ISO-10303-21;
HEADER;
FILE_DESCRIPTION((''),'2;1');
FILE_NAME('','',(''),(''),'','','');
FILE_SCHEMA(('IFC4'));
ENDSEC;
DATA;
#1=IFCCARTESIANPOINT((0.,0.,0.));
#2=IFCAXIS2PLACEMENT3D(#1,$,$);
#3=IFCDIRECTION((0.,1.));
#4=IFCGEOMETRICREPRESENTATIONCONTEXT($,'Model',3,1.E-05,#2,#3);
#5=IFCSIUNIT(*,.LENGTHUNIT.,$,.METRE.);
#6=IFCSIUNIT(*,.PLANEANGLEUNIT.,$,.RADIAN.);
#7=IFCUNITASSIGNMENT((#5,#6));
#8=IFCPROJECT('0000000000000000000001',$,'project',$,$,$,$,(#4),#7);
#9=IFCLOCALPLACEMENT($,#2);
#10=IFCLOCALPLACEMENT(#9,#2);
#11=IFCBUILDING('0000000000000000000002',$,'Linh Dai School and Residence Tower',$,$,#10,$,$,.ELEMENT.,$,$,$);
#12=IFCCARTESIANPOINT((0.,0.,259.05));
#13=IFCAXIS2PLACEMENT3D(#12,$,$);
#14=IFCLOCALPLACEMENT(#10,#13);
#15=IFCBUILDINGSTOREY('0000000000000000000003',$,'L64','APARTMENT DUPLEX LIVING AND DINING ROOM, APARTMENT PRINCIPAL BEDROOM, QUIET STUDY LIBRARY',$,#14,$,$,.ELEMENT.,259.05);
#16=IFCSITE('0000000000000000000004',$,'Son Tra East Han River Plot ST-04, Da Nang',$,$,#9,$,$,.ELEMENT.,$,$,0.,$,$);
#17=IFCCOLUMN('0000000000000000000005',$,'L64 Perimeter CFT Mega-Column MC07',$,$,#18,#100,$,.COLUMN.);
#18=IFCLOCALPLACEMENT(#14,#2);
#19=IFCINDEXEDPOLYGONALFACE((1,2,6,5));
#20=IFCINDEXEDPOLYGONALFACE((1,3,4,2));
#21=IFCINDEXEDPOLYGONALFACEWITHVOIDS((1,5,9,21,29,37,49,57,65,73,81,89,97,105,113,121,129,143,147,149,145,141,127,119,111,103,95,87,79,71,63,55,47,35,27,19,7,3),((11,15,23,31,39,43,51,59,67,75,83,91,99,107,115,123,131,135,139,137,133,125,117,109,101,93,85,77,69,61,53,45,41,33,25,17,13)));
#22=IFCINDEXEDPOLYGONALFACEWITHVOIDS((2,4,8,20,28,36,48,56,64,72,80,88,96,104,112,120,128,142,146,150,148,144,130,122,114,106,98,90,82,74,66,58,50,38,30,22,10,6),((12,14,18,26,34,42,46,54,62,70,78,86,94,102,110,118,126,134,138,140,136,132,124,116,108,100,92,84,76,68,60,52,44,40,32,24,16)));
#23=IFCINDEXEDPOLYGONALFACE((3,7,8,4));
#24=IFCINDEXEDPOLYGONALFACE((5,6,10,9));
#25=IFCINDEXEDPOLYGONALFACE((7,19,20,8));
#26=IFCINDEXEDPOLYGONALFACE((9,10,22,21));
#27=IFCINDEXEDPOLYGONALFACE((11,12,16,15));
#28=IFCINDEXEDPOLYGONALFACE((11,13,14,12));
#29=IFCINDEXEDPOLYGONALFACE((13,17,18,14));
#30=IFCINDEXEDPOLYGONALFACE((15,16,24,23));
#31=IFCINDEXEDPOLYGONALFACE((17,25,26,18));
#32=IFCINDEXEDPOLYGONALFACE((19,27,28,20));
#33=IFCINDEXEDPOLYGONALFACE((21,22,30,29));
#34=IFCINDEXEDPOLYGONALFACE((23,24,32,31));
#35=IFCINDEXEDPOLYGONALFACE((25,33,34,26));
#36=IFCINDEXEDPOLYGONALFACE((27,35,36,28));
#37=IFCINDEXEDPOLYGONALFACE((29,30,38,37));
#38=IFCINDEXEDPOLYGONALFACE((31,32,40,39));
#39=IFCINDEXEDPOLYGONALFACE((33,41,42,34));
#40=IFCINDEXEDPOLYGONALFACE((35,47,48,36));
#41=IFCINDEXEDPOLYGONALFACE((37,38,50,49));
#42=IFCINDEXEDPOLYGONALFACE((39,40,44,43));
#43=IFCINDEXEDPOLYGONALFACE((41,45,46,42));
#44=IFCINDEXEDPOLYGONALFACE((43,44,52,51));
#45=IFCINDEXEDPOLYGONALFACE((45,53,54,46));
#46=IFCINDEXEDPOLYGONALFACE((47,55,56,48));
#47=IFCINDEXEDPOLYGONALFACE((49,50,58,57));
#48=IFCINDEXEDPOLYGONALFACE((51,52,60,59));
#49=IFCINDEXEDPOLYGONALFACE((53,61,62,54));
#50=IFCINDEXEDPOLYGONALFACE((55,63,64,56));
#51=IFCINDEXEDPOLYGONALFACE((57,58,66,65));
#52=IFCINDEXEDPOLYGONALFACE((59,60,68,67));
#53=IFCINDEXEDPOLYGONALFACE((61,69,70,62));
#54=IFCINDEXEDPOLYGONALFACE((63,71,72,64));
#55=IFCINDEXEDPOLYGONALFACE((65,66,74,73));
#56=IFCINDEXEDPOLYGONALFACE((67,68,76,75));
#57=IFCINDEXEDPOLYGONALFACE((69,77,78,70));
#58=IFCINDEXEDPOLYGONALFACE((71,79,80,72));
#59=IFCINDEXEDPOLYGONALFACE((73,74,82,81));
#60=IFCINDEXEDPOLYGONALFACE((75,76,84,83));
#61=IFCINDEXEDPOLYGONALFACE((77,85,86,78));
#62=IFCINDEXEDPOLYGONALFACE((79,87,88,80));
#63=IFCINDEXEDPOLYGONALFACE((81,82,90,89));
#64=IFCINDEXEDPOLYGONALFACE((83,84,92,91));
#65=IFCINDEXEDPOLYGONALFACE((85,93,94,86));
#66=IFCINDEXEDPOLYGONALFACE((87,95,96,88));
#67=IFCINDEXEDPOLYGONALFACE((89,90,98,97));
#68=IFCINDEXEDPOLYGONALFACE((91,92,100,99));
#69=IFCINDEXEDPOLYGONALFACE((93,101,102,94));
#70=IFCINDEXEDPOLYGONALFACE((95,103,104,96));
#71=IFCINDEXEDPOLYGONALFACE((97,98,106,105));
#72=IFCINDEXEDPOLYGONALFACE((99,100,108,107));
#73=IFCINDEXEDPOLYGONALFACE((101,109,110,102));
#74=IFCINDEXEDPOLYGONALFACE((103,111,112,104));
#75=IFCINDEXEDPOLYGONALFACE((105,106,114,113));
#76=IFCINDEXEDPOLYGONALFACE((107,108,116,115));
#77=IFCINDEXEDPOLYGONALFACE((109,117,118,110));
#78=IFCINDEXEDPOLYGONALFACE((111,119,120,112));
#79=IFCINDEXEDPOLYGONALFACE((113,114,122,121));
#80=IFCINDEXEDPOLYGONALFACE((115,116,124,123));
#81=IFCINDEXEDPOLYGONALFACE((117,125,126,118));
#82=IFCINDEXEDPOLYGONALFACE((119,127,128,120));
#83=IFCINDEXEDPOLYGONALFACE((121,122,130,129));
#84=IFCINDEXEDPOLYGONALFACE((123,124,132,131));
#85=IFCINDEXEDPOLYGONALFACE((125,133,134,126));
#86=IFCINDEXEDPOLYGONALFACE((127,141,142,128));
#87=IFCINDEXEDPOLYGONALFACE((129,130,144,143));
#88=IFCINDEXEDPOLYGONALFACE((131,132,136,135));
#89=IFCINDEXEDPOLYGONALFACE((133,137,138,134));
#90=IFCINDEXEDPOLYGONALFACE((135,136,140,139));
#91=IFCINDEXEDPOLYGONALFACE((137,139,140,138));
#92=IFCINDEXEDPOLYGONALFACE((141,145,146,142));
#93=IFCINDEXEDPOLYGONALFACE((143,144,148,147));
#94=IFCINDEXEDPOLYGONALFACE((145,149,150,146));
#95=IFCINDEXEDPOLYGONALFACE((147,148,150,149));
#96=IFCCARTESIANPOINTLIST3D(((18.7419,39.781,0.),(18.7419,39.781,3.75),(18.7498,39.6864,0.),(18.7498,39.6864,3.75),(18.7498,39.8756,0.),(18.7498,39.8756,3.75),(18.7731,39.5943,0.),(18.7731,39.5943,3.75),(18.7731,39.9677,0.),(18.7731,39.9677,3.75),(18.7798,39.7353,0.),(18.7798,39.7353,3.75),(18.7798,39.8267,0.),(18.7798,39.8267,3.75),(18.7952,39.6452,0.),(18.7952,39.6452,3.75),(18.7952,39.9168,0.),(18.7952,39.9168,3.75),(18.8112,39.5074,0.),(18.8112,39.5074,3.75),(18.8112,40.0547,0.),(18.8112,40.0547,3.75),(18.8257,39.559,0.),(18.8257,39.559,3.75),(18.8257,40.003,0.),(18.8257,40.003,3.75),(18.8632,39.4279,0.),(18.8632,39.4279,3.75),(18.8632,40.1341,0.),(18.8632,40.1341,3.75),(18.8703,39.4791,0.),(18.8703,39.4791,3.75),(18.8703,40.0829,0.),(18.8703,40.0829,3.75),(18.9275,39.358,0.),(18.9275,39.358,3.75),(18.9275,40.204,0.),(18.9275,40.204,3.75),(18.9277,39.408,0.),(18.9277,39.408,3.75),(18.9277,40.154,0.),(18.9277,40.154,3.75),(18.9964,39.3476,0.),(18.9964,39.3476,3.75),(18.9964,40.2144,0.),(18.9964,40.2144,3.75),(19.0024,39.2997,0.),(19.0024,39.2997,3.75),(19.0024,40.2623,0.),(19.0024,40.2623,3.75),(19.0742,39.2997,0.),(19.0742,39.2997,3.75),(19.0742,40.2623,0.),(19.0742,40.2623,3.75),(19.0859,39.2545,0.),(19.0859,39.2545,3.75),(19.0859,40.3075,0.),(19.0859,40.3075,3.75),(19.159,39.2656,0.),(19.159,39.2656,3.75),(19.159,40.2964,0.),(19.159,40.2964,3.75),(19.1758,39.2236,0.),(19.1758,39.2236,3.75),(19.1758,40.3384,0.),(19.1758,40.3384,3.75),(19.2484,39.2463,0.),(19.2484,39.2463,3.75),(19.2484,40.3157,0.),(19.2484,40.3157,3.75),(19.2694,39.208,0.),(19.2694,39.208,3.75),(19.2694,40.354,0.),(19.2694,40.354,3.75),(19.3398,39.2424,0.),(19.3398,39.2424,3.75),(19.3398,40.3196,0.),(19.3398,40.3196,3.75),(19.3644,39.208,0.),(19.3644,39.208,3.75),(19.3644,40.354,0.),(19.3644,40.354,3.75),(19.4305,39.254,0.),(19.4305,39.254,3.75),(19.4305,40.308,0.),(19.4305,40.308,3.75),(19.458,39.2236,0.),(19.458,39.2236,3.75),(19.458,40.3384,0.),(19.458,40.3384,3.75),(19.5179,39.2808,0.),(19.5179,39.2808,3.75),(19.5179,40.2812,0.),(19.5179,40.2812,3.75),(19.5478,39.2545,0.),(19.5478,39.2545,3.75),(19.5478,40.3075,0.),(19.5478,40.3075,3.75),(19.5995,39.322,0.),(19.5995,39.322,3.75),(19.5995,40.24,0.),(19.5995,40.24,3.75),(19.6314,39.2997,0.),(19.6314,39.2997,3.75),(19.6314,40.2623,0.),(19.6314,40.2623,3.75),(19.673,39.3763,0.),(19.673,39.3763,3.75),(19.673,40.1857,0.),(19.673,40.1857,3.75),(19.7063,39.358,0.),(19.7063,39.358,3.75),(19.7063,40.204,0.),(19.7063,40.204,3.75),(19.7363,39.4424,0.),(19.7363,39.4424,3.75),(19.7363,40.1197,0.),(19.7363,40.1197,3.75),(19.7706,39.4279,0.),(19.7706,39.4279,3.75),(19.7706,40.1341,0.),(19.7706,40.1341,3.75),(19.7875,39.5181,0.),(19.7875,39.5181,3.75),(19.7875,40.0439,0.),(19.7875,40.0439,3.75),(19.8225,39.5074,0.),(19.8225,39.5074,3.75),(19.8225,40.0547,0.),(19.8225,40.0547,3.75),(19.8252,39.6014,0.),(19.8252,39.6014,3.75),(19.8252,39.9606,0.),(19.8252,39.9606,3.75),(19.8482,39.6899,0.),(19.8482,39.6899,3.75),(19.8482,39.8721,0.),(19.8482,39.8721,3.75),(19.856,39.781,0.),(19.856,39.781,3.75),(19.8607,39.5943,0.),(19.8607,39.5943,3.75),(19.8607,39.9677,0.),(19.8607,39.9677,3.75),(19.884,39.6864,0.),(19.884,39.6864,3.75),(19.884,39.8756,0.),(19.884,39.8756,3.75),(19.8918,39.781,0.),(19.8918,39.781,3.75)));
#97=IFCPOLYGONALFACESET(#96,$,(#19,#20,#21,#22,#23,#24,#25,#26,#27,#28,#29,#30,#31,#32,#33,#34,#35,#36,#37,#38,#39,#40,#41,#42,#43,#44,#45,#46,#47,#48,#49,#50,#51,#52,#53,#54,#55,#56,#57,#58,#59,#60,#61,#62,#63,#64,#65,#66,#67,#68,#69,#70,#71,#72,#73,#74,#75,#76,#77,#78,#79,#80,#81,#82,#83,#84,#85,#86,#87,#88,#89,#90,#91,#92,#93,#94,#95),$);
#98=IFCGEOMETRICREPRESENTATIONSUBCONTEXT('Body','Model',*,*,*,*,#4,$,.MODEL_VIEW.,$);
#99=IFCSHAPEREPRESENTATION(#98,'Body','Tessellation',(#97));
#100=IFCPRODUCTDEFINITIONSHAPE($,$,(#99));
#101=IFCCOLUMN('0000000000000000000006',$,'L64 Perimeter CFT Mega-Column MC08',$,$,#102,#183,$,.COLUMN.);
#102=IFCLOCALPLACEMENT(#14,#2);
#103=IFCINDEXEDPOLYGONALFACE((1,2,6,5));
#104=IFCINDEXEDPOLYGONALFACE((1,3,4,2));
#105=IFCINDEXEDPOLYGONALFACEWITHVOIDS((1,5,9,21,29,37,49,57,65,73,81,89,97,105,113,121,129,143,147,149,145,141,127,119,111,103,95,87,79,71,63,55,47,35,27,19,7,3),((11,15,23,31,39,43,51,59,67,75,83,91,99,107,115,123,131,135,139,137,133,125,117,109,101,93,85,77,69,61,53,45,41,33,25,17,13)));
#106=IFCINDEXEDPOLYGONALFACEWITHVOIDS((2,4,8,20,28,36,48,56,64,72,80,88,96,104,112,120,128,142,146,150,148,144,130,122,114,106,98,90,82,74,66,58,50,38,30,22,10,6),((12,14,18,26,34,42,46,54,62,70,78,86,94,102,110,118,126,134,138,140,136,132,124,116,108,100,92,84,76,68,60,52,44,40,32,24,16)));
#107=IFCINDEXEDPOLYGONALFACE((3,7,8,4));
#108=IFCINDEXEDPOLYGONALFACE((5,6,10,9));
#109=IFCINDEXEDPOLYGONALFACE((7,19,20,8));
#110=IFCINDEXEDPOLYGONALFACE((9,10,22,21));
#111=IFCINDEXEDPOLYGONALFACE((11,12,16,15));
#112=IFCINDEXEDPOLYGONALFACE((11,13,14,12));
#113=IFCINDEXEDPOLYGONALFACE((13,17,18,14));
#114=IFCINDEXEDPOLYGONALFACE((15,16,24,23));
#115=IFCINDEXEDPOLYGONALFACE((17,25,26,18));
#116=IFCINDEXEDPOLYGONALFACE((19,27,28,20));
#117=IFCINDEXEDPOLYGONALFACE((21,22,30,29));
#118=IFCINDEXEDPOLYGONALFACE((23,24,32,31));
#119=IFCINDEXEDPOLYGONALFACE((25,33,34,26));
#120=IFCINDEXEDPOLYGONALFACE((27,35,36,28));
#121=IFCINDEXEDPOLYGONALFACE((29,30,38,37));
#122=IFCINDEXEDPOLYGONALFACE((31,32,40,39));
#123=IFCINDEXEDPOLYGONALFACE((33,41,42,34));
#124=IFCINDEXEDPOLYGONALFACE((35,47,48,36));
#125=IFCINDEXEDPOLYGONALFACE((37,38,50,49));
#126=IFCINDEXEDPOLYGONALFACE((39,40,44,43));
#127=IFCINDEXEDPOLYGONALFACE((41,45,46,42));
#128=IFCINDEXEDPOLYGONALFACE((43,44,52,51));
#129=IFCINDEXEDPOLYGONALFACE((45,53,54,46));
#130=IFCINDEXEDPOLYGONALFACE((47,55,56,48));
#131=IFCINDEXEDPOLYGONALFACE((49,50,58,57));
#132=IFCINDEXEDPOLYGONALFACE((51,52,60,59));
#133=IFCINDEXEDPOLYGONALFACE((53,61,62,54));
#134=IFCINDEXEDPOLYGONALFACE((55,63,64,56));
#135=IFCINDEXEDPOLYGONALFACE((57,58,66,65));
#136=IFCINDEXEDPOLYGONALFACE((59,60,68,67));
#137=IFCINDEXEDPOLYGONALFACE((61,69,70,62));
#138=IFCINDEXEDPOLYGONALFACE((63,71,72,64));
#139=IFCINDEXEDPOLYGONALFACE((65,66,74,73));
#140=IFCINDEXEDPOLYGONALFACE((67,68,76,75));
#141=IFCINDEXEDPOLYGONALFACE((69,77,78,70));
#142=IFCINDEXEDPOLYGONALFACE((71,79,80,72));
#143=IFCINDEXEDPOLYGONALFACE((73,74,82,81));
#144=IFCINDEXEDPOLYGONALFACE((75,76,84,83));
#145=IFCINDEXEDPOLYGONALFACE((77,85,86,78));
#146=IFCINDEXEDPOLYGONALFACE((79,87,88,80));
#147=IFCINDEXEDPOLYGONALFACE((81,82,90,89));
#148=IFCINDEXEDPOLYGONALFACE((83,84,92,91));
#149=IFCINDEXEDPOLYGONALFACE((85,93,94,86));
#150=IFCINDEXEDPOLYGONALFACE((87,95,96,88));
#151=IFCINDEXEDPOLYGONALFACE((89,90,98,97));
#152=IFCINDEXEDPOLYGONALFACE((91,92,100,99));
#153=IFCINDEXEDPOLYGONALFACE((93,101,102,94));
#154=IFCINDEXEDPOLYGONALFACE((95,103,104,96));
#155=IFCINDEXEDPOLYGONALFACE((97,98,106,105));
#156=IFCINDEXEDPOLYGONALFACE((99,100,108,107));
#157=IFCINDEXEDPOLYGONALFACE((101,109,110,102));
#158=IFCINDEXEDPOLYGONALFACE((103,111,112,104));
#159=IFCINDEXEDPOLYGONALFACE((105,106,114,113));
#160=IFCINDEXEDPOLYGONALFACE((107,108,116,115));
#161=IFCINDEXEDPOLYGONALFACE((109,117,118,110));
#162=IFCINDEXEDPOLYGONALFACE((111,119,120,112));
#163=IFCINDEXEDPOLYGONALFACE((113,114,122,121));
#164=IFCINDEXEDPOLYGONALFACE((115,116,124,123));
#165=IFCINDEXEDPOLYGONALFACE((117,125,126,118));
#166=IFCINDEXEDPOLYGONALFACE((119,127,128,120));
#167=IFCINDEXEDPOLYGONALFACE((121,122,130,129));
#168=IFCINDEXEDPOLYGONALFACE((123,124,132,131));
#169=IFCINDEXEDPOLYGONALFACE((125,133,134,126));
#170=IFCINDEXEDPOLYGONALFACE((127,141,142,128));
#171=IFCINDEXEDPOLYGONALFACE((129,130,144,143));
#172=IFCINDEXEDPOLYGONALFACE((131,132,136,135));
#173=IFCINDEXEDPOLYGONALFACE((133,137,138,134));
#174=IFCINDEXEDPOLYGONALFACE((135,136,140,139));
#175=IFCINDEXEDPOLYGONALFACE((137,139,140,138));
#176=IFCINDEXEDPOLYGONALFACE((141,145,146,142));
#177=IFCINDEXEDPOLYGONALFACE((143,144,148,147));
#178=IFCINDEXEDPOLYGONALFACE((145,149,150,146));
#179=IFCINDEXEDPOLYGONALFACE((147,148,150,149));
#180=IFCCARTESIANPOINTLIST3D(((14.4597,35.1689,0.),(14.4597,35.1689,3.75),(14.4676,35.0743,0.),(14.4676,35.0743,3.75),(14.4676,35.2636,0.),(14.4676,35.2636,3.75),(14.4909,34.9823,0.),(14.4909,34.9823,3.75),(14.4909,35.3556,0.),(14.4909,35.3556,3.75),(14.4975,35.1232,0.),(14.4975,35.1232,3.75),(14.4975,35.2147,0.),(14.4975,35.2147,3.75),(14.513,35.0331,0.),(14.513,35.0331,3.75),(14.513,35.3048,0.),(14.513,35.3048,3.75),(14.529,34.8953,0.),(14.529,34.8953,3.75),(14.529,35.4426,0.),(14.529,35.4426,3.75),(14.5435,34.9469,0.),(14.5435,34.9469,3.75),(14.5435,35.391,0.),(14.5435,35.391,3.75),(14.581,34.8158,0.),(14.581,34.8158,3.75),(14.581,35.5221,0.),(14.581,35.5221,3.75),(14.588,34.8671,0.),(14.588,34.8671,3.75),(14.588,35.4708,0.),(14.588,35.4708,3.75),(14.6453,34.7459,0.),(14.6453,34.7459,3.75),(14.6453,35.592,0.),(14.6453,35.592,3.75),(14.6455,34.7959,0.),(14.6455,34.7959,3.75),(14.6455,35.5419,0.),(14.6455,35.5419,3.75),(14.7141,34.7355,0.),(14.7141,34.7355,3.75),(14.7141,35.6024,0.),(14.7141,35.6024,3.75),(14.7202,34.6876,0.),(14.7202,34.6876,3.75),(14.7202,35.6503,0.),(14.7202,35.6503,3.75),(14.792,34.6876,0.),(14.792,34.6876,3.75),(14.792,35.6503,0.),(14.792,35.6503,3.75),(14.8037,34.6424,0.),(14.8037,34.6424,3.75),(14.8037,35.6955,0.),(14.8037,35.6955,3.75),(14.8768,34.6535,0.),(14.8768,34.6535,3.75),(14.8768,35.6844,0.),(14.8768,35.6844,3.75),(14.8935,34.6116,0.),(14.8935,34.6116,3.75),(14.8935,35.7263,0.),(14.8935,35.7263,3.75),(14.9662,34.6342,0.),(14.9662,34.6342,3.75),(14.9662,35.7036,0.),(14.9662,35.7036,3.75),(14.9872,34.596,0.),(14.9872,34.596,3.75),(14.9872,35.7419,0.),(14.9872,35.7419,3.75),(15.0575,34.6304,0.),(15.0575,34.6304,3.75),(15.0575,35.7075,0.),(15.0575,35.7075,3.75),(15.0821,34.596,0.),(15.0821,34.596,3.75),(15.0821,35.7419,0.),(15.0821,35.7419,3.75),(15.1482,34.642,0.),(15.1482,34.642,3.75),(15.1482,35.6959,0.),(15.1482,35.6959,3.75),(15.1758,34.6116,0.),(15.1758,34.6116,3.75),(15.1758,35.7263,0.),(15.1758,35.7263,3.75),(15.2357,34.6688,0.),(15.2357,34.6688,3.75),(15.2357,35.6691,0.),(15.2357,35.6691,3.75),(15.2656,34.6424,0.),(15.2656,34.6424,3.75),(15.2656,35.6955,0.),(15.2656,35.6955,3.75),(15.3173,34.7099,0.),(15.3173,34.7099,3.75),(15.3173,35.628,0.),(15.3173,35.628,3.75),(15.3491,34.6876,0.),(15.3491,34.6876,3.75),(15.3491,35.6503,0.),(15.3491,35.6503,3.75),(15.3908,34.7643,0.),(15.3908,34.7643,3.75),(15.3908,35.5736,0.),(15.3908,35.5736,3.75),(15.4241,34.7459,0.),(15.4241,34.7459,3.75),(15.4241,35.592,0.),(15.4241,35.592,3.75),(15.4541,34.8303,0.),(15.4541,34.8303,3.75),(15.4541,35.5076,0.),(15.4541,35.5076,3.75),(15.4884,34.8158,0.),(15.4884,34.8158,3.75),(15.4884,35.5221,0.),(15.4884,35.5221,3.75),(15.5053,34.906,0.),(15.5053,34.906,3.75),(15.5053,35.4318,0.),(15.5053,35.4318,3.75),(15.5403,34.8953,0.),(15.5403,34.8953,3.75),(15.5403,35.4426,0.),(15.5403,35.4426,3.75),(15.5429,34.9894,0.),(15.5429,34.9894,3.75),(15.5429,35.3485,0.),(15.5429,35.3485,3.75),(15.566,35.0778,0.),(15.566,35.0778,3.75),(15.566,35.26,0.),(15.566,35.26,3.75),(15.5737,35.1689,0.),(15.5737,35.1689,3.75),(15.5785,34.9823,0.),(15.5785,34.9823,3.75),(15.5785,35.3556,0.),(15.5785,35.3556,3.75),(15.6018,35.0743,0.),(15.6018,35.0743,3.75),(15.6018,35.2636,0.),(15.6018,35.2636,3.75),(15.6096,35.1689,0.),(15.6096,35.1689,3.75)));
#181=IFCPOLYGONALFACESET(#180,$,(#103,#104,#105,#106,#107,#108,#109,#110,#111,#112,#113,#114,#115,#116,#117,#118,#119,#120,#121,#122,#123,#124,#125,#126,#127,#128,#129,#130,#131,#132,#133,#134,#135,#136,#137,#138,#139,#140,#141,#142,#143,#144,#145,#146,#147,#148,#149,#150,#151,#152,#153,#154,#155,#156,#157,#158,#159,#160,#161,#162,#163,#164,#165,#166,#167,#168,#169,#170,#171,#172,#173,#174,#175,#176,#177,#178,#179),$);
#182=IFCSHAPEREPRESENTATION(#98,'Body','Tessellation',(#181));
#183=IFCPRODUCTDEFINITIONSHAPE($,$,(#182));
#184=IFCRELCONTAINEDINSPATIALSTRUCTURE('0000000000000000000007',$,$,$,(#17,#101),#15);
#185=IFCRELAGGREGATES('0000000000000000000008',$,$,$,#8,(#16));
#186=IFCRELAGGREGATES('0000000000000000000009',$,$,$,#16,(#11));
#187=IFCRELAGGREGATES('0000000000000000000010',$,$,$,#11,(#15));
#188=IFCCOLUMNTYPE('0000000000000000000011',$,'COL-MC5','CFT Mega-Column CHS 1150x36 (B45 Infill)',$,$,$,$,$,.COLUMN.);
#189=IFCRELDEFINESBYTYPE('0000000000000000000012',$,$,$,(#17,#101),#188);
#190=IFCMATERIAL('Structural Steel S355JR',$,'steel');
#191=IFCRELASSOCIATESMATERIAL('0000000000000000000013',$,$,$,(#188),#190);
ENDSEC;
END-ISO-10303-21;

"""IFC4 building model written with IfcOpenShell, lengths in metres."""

from ifc_helpers import new_model, si_unit, direction, frame, origin, origin_2d, place, context, subcontext, project, spatial, hollow_circle, extrude, material, material_profile, profile_set, type_object, element, save


model = new_model("IFC4")

# Units and contexts
model_context = context("Model", 3, precision=1e-05, world=origin(), true_north=direction((0.0, 1.0)))
body_context = subcontext(model_context, "Body", "Model", "MODEL_VIEW")
ifc_project = project(units=[si_unit("LENGTHUNIT", "METRE"), si_unit("PLANEANGLEUNIT", "RADIAN")], contexts=[model_context])

# Site, building, storey
site_placement = place(None, origin())
site = spatial("IfcSite", under=ifc_project, at=site_placement, Name="Son Tra East Han River Plot ST-04, Da Nang", CompositionType="ELEMENT", RefElevation=0.0)
building_placement = place(site_placement, origin())
building = spatial("IfcBuilding", under=site, at=building_placement, Name="Linh Dai School and Residence Tower", CompositionType="ELEMENT")
storey_placement = place(building_placement, frame((0.0, 0.0, 259.05)))
storey = spatial("IfcBuildingStorey", under=building, at=storey_placement, Name="L64", Description="APARTMENT DUPLEX LIVING AND DINING ROOM, APARTMENT PRINCIPAL BEDROOM, QUIET STUDY LIBRARY", CompositionType="ELEMENT", Elevation=259.05)

# Columns
ifc_material_1 = material(Name="Structural Steel S355JR", Category="steel")
ifc_material_profile_1 = material_profile(ifc_material_1, hollow_circle(Radius=0.575, WallThickness=0.0359, at=origin_2d()), Name="CHS 1150x36")
ifc_profile_set_1 = profile_set([ifc_material_profile_1], Name="Structural Steel S355JR")
column_type = type_object("IfcColumnType", Name="COL-MC5", Description="CFT Mega-Column CHS 1150x36 (B45 Infill)", PredefinedType="COLUMN", material=ifc_profile_set_1)
for number, where, z_axis, x_axis, name in (
    (1, (19.3169, 39.781, 0.0), (0.0, 0.0, 1.0), (1.0, 0.0, 0.0), "L64 Perimeter CFT Mega-Column MC07"),
    (2, (15.0347, 35.1689, 0.0), (0.0, 0.0, 1.0), (1.0, 0.0, 0.0), "L64 Perimeter CFT Mega-Column MC08"),
):
    element("IfcColumn", number, at=place(storey_placement, frame(where, z_axis=z_axis, x_axis=x_axis)), inside=storey, type_object=column_type, Name=name, PredefinedType="COLUMN", context=body_context, shape_type="SweptSolid", body=[
        extrude(hollow_circle(Radius=0.575, WallThickness=0.0359, at=origin_2d()), origin(), (0.0, 0.0, 1.0), 3.75),
    ])

save(model, "model.ifc")
